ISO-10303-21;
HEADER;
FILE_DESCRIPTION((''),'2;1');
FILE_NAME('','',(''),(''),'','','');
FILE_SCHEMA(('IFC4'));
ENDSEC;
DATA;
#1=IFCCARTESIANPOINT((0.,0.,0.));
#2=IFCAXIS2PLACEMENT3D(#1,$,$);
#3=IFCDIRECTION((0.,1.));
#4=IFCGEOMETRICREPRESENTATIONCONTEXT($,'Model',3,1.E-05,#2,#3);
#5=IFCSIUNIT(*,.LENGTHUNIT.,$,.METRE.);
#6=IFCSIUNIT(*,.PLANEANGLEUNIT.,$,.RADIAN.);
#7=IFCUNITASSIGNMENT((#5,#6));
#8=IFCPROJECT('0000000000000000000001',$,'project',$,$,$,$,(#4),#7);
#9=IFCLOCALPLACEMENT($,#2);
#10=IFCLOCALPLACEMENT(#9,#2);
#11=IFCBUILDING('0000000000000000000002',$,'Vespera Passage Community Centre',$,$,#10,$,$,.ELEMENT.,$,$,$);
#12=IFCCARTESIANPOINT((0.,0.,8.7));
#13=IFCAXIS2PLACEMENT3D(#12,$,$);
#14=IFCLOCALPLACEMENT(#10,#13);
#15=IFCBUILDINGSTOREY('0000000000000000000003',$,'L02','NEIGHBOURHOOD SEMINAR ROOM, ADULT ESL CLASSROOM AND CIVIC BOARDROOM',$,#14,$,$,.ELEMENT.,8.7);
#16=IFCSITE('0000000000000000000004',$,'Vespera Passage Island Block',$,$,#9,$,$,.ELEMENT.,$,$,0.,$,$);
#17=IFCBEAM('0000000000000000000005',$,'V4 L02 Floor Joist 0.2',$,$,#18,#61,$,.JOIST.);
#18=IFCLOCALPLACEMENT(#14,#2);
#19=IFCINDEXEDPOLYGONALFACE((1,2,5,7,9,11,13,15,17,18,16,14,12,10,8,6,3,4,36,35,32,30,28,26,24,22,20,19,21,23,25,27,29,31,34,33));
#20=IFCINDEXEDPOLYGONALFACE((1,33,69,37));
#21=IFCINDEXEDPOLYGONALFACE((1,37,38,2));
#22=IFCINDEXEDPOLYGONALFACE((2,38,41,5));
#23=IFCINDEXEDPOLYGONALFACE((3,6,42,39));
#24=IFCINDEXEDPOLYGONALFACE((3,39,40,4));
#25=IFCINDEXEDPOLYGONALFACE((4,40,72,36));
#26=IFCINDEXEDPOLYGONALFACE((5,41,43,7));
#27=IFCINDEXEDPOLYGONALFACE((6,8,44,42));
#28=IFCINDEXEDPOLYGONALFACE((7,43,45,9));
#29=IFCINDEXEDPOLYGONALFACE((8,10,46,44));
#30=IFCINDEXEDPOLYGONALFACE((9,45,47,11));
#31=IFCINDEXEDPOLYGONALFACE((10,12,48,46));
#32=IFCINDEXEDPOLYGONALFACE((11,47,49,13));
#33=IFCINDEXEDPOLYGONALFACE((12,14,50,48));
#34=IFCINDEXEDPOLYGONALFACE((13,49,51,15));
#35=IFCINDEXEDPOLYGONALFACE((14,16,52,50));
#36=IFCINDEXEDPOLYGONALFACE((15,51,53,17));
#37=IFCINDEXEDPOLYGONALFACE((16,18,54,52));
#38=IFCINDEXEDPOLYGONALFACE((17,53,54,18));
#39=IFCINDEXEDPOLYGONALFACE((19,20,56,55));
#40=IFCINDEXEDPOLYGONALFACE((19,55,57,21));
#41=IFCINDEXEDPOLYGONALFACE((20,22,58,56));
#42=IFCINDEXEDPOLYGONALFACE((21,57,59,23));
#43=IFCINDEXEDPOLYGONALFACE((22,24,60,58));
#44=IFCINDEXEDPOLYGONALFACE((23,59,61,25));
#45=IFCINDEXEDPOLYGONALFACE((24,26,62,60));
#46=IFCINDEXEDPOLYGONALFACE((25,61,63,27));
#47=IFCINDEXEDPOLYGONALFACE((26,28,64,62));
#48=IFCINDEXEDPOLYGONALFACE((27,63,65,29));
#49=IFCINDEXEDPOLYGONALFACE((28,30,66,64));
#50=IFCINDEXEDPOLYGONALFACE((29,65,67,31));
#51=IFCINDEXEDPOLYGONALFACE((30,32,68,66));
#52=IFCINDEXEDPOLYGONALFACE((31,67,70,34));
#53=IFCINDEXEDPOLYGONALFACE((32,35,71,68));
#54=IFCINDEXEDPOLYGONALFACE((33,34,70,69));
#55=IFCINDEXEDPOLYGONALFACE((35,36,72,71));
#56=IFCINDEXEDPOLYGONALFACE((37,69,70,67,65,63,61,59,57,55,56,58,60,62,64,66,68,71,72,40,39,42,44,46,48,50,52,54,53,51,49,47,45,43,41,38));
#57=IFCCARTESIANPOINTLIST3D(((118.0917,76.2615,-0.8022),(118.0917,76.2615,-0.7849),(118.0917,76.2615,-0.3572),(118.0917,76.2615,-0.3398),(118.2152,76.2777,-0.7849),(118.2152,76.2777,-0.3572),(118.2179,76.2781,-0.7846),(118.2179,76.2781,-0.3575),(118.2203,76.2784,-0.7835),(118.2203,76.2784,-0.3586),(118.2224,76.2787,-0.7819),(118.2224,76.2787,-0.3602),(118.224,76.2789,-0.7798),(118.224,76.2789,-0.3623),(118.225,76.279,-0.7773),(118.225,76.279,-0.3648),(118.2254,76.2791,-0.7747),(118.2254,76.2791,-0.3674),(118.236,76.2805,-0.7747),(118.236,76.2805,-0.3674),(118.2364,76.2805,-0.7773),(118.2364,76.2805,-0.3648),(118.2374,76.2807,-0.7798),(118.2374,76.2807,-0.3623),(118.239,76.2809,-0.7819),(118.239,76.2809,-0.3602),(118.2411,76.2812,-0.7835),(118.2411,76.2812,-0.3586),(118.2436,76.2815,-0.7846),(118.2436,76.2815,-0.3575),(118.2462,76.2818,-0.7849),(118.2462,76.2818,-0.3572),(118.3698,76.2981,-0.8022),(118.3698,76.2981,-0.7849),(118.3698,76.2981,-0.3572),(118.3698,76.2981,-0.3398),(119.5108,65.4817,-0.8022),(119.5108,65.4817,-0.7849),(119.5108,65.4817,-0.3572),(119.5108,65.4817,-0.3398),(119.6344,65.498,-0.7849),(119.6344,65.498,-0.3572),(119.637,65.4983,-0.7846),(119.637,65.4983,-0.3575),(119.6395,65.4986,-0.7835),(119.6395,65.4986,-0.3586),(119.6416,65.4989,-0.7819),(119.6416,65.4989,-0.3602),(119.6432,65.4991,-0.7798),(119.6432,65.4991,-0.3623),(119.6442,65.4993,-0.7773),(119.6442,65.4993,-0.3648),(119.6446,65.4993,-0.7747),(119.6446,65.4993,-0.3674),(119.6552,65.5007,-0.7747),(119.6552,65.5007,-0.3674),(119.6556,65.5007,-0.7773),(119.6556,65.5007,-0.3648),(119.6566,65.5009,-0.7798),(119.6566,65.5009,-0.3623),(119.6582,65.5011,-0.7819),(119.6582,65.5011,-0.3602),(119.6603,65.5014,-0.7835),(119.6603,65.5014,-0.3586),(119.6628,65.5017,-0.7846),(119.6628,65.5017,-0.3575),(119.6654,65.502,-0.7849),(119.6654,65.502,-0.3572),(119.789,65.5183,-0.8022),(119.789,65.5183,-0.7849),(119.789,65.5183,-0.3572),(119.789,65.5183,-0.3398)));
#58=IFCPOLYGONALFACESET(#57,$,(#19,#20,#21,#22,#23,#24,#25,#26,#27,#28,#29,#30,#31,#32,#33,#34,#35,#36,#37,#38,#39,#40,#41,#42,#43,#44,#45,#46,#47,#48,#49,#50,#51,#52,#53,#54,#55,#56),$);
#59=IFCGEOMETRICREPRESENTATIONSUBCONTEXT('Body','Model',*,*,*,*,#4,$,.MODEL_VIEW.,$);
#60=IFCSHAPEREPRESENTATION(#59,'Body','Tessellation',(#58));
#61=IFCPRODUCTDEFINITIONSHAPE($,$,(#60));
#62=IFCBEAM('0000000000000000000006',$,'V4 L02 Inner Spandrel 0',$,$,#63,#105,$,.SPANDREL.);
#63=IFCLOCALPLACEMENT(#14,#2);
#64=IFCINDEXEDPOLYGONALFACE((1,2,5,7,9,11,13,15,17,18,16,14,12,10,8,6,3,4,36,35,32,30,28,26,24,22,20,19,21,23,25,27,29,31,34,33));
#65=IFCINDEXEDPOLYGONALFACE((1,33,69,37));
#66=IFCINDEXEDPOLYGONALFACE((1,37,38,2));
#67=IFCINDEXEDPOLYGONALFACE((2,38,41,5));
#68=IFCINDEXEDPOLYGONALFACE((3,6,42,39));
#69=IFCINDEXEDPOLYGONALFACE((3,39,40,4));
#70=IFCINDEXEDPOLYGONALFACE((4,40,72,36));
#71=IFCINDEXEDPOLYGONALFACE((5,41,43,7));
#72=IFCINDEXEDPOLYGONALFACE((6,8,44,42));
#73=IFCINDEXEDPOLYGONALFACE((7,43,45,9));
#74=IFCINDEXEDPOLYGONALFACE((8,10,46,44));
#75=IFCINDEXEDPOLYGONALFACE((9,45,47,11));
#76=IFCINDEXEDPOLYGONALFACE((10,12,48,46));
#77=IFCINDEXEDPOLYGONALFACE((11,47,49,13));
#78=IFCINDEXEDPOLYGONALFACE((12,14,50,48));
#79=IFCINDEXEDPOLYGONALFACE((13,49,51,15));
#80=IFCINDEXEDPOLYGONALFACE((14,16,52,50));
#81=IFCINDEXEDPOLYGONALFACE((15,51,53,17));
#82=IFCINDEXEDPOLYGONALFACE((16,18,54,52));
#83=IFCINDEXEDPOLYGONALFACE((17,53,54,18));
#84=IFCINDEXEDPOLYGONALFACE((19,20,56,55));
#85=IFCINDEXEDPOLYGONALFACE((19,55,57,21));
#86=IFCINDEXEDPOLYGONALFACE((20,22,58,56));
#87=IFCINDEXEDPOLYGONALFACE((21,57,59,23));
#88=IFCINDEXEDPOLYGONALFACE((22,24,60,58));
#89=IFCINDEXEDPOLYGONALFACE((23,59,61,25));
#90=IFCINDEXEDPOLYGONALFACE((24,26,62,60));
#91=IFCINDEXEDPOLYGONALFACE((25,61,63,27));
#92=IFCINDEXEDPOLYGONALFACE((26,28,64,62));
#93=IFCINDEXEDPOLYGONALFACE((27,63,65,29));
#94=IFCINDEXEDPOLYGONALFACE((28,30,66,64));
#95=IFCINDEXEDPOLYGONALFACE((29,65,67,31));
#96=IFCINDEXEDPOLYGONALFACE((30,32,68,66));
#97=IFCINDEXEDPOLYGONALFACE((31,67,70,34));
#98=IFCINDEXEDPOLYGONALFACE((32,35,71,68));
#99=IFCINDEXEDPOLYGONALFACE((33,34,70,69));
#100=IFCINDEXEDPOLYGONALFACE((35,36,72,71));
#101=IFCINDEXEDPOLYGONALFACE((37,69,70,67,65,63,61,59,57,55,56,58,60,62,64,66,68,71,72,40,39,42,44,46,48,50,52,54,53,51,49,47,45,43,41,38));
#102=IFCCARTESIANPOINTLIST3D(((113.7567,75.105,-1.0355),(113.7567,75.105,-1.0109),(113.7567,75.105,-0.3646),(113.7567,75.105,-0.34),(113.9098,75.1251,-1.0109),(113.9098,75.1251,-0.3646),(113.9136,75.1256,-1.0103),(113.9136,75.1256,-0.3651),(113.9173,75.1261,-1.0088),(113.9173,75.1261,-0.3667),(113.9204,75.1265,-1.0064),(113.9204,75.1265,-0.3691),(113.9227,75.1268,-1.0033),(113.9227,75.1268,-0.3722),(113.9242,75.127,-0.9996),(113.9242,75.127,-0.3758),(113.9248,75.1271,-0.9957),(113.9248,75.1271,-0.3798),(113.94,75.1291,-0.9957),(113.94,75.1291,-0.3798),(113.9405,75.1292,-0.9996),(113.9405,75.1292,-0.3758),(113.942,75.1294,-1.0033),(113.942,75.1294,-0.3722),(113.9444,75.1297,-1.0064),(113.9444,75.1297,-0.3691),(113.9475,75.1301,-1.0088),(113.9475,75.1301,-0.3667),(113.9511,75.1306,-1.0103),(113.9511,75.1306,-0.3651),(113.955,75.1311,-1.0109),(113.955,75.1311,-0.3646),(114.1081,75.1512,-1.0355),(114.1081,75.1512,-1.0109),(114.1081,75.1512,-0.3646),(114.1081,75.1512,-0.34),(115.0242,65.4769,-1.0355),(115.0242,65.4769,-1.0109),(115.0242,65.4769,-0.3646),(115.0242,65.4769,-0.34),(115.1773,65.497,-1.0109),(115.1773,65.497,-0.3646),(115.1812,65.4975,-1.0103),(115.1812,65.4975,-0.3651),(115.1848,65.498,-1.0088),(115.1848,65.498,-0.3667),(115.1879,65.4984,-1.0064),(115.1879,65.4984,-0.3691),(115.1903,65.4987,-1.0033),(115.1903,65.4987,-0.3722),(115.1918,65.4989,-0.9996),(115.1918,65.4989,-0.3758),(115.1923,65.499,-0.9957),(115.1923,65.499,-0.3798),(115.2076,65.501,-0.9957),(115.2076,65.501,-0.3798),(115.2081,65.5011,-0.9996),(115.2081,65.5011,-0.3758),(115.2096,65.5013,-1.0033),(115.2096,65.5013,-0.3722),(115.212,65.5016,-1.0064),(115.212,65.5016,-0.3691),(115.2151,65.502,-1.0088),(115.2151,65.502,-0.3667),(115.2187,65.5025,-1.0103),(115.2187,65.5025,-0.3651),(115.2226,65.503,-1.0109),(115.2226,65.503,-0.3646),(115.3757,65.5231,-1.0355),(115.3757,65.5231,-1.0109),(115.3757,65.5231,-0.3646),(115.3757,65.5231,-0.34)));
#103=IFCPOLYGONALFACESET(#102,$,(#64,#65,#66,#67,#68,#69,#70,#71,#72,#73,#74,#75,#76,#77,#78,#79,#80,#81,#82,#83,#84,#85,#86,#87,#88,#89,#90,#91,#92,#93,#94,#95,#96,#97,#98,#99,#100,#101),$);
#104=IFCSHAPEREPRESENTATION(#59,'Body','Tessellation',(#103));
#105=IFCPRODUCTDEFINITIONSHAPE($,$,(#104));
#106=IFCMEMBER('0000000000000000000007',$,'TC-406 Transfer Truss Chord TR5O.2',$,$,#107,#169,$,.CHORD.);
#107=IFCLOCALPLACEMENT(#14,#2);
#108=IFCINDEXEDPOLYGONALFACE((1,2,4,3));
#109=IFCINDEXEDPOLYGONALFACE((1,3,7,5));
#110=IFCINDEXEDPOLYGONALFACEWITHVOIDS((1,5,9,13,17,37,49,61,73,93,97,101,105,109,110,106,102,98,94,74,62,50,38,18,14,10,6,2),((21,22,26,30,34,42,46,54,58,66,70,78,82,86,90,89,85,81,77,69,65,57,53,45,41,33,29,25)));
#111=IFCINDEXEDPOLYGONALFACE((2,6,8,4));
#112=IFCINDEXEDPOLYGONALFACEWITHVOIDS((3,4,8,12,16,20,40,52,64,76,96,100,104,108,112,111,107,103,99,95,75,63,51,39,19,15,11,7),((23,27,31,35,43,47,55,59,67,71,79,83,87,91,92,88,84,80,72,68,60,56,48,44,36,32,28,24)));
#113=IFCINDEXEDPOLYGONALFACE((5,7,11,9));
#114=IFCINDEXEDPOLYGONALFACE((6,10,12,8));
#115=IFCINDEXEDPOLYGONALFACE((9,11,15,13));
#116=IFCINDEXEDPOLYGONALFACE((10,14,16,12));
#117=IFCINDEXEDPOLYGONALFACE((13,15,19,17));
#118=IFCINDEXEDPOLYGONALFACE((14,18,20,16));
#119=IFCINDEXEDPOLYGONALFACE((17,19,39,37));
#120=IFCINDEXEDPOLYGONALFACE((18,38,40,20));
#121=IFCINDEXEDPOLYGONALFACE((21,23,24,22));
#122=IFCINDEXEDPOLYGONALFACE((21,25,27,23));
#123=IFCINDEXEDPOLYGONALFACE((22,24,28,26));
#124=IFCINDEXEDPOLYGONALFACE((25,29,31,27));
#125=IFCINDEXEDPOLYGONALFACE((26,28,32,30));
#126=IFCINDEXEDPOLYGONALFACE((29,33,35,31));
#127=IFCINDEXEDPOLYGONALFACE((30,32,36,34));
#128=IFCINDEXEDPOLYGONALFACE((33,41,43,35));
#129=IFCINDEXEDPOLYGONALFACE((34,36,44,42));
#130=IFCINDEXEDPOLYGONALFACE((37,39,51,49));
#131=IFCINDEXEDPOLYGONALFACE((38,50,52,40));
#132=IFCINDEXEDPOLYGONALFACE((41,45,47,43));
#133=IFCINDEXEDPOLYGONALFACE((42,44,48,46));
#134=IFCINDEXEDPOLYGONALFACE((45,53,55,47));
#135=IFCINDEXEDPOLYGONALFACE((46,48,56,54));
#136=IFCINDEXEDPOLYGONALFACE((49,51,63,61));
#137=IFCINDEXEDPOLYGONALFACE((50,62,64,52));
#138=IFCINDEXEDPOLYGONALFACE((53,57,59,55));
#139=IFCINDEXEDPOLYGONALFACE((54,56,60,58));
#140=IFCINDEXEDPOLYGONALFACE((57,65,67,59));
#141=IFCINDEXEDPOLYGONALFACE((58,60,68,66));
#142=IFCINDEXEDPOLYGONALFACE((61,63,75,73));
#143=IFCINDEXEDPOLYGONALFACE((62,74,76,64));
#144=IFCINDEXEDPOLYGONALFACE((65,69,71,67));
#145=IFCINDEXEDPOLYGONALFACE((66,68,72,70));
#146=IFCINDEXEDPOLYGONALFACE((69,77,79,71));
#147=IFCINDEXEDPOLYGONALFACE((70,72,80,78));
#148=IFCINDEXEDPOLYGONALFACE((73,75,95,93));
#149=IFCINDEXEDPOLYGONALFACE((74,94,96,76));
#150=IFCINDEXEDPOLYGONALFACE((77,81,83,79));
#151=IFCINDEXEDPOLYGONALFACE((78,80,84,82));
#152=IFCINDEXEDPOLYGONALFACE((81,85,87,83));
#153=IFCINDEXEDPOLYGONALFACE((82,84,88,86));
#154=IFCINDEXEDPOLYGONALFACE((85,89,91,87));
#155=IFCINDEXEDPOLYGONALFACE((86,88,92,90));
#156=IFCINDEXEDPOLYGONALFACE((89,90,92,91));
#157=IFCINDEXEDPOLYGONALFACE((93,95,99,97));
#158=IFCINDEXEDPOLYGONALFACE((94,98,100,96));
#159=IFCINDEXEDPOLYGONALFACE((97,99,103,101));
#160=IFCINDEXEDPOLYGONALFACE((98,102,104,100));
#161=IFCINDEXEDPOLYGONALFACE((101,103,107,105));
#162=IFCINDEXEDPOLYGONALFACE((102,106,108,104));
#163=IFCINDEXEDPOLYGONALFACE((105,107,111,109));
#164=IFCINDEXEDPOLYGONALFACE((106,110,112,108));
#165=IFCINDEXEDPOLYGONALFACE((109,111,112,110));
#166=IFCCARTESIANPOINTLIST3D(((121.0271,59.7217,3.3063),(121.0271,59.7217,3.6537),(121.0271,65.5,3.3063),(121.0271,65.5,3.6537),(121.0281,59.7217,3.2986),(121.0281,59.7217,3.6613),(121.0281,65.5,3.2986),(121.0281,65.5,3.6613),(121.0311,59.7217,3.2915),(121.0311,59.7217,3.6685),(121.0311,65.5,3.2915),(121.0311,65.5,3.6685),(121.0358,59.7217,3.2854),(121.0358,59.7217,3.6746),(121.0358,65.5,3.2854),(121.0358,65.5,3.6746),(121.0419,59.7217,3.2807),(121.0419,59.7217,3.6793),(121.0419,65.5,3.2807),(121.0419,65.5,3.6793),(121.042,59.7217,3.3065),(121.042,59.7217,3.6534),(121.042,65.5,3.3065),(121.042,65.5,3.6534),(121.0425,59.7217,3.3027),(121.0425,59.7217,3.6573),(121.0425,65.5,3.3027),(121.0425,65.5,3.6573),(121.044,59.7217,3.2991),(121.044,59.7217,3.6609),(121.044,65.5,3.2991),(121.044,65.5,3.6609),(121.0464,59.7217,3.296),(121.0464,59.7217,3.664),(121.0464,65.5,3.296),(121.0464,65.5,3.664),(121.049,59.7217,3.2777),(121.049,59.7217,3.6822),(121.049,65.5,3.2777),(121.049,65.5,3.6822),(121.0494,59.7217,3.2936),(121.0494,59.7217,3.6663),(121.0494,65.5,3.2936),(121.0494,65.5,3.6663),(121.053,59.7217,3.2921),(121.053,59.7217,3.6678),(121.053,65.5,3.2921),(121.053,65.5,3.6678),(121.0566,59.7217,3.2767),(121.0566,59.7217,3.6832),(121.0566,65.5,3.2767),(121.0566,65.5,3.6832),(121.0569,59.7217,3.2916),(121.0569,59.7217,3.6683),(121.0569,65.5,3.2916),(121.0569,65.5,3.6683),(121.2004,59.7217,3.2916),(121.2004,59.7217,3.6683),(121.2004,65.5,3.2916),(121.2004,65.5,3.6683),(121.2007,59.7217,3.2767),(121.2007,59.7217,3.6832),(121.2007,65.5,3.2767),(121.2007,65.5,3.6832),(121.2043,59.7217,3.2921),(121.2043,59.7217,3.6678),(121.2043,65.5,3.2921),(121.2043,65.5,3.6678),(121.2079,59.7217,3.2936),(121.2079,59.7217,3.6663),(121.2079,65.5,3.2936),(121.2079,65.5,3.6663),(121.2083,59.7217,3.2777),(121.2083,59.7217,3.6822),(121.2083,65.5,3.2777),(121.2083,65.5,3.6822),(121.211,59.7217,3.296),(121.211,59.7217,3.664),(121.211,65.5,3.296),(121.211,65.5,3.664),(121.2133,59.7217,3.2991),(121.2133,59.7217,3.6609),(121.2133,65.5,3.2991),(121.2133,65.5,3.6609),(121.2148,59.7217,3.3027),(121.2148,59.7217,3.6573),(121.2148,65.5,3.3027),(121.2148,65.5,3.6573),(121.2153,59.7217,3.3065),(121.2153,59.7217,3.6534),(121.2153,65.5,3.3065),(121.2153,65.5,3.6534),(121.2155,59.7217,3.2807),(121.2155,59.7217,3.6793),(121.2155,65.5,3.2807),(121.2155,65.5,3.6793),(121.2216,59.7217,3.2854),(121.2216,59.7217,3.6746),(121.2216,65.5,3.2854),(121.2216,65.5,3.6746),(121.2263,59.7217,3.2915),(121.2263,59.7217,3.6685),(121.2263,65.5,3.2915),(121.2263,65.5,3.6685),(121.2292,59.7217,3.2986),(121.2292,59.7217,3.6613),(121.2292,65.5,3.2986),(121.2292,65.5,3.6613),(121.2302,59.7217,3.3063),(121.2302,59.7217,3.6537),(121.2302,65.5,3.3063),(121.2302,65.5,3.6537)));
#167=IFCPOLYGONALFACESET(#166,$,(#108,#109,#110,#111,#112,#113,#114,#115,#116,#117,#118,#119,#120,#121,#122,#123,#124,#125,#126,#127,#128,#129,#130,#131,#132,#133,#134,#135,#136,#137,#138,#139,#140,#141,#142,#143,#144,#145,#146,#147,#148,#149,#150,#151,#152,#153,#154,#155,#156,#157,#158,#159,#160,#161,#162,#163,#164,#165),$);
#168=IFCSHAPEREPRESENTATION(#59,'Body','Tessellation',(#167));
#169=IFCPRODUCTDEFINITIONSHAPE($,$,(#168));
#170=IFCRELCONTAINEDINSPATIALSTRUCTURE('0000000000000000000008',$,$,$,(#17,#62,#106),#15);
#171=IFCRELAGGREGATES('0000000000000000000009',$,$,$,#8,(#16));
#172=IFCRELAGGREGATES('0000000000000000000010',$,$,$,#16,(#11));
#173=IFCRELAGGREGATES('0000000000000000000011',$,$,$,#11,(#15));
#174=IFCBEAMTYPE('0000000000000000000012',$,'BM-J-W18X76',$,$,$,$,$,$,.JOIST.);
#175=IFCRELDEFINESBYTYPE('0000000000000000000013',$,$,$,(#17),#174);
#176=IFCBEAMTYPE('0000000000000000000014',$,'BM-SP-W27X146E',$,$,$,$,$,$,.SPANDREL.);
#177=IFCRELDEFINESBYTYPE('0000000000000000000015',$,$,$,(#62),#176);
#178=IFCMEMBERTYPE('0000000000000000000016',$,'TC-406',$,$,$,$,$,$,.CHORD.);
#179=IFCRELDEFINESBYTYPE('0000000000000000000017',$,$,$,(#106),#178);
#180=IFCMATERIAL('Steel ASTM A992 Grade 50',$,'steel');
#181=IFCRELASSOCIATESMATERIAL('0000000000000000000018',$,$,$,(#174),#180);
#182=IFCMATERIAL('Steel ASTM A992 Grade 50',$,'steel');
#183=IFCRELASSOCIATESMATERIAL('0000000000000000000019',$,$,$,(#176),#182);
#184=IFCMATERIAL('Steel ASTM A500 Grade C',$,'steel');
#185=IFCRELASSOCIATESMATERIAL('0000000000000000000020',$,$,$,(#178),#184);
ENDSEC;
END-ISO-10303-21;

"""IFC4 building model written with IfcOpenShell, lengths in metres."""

from ifc_helpers import new_model, si_unit, direction, frame, origin, origin_2d, place, context, subcontext, project, spatial, hollow_rectangle, i_section, extrude, material, material_profile, profile_set, type_object, element, save


model = new_model("IFC4")

# Units and contexts
model_context = context("Model", 3, precision=1e-05, world=origin(), true_north=direction((0.0, 1.0)))
body_context = subcontext(model_context, "Body", "Model", "MODEL_VIEW")
ifc_project = project(units=[si_unit("LENGTHUNIT", "METRE"), si_unit("PLANEANGLEUNIT", "RADIAN")], contexts=[model_context])

# Site, building, storey
site_placement = place(None, origin())
site = spatial("IfcSite", under=ifc_project, at=site_placement, Name="Vespera Passage Island Block", CompositionType="ELEMENT", RefElevation=0.0)
building_placement = place(site_placement, origin())
building = spatial("IfcBuilding", under=site, at=building_placement, Name="Vespera Passage Community Centre", CompositionType="ELEMENT")
storey_placement = place(building_placement, frame((0.0, 0.0, 8.7)))
storey = spatial("IfcBuildingStorey", under=building, at=storey_placement, Name="L02", Description="NEIGHBOURHOOD SEMINAR ROOM, ADULT ESL CLASSROOM AND CIVIC BOARDROOM", CompositionType="ELEMENT", Elevation=8.7)

# Beams
ifc_material_1 = material(Name="Steel ASTM A992 Grade 50", Category="steel")
ifc_material_profile_1 = material_profile(ifc_material_1, i_section(OverallWidth=0.2805, OverallDepth=0.4624, WebThickness=0.0107, FlangeThickness=0.0173, FilletRadius=0.0103, at=origin_2d()), Name="W18X76")
ifc_profile_set_1 = profile_set([ifc_material_profile_1], Name="Steel ASTM A992 Grade 50")
beam_type_1 = type_object("IfcBeamType", Name="BM-J-W18X76", PredefinedType="JOIST", material=ifc_profile_set_1)
beam_1_placement = place(storey_placement, frame((119.6499, 65.5, -0.571), z_axis=(-0.130527, 0.991445, 0.0), x_axis=(-0.991445, -0.130527, 0.0)))
element("IfcBeam", 1, at=beam_1_placement, inside=storey, type_object=beam_type_1, Name="V4 L02 Floor Joist 0.2", PredefinedType="JOIST", context=body_context, shape_type="SweptSolid", body=[
    extrude(i_section(OverallWidth=0.2805, OverallDepth=0.4624, WebThickness=0.0107, FlangeThickness=0.0173, FilletRadius=0.0103, at=origin_2d()), origin(), (0.0, 0.0, 1.0), 10.8728),
])
ifc_material_2 = material(Name="Steel ASTM A992 Grade 50", Category="steel")
ifc_material_profile_2 = material_profile(ifc_material_2, i_section(OverallWidth=0.3545, OverallDepth=0.6956, WebThickness=0.0154, FlangeThickness=0.0247, FilletRadius=0.0151, at=origin_2d()), Name="W27X146")
ifc_profile_set_2 = profile_set([ifc_material_profile_2], Name="Steel ASTM A992 Grade 50")
beam_type_2 = type_object("IfcBeamType", Name="BM-SP-W27X146E", PredefinedType="SPANDREL", material=ifc_profile_set_2)
beam_2_placement = place(storey_placement, frame((115.2, 65.5, -0.6877), z_axis=(-0.130527, 0.991445, 0.0), x_axis=(-0.991445, -0.130527, 0.0)))
element("IfcBeam", 2, at=beam_2_placement, inside=storey, type_object=beam_type_2, Name="V4 L02 Inner Spandrel 0", PredefinedType="SPANDREL", context=body_context, shape_type="SweptSolid", body=[
    extrude(i_section(OverallWidth=0.3545, OverallDepth=0.6956, WebThickness=0.0154, FlangeThickness=0.0247, FilletRadius=0.0151, at=origin_2d()), origin(), (0.0, 0.0, 1.0), 9.7112),
])

# Member
ifc_material_3 = material(Name="Steel ASTM A500 Grade C", Category="steel")
ifc_material_profile_3 = material_profile(ifc_material_3, hollow_rectangle(XDim=0.2031, YDim=0.4065, WallThickness=0.0149, InnerFilletRadius=0.0149, OuterFilletRadius=0.0295, at=origin_2d()), Name="HSS406X203X15.9")
ifc_profile_set_3 = profile_set([ifc_material_profile_3], Name="Steel ASTM A500 Grade C")
member_type_1 = type_object("IfcMemberType", Name="TC-406", PredefinedType="CHORD", material=ifc_profile_set_3)
member_1_placement = place(storey_placement, frame((121.1287, 59.7217, 3.48), z_axis=(0.0, 1.0, 0.0), x_axis=(-1.0, 0.0, 0.0)))
element("IfcMember", 3, at=member_1_placement, inside=storey, type_object=member_type_1, Name="TC-406 Transfer Truss Chord TR5O.2", PredefinedType="CHORD", context=body_context, shape_type="SweptSolid", body=[
    extrude(hollow_rectangle(XDim=0.2031, YDim=0.4065, WallThickness=0.0149, InnerFilletRadius=0.0149, OuterFilletRadius=0.0295, at=origin_2d()), origin(), (0.0, 0.0, 1.0), 5.7783),
])

save(model, "model.ifc")
